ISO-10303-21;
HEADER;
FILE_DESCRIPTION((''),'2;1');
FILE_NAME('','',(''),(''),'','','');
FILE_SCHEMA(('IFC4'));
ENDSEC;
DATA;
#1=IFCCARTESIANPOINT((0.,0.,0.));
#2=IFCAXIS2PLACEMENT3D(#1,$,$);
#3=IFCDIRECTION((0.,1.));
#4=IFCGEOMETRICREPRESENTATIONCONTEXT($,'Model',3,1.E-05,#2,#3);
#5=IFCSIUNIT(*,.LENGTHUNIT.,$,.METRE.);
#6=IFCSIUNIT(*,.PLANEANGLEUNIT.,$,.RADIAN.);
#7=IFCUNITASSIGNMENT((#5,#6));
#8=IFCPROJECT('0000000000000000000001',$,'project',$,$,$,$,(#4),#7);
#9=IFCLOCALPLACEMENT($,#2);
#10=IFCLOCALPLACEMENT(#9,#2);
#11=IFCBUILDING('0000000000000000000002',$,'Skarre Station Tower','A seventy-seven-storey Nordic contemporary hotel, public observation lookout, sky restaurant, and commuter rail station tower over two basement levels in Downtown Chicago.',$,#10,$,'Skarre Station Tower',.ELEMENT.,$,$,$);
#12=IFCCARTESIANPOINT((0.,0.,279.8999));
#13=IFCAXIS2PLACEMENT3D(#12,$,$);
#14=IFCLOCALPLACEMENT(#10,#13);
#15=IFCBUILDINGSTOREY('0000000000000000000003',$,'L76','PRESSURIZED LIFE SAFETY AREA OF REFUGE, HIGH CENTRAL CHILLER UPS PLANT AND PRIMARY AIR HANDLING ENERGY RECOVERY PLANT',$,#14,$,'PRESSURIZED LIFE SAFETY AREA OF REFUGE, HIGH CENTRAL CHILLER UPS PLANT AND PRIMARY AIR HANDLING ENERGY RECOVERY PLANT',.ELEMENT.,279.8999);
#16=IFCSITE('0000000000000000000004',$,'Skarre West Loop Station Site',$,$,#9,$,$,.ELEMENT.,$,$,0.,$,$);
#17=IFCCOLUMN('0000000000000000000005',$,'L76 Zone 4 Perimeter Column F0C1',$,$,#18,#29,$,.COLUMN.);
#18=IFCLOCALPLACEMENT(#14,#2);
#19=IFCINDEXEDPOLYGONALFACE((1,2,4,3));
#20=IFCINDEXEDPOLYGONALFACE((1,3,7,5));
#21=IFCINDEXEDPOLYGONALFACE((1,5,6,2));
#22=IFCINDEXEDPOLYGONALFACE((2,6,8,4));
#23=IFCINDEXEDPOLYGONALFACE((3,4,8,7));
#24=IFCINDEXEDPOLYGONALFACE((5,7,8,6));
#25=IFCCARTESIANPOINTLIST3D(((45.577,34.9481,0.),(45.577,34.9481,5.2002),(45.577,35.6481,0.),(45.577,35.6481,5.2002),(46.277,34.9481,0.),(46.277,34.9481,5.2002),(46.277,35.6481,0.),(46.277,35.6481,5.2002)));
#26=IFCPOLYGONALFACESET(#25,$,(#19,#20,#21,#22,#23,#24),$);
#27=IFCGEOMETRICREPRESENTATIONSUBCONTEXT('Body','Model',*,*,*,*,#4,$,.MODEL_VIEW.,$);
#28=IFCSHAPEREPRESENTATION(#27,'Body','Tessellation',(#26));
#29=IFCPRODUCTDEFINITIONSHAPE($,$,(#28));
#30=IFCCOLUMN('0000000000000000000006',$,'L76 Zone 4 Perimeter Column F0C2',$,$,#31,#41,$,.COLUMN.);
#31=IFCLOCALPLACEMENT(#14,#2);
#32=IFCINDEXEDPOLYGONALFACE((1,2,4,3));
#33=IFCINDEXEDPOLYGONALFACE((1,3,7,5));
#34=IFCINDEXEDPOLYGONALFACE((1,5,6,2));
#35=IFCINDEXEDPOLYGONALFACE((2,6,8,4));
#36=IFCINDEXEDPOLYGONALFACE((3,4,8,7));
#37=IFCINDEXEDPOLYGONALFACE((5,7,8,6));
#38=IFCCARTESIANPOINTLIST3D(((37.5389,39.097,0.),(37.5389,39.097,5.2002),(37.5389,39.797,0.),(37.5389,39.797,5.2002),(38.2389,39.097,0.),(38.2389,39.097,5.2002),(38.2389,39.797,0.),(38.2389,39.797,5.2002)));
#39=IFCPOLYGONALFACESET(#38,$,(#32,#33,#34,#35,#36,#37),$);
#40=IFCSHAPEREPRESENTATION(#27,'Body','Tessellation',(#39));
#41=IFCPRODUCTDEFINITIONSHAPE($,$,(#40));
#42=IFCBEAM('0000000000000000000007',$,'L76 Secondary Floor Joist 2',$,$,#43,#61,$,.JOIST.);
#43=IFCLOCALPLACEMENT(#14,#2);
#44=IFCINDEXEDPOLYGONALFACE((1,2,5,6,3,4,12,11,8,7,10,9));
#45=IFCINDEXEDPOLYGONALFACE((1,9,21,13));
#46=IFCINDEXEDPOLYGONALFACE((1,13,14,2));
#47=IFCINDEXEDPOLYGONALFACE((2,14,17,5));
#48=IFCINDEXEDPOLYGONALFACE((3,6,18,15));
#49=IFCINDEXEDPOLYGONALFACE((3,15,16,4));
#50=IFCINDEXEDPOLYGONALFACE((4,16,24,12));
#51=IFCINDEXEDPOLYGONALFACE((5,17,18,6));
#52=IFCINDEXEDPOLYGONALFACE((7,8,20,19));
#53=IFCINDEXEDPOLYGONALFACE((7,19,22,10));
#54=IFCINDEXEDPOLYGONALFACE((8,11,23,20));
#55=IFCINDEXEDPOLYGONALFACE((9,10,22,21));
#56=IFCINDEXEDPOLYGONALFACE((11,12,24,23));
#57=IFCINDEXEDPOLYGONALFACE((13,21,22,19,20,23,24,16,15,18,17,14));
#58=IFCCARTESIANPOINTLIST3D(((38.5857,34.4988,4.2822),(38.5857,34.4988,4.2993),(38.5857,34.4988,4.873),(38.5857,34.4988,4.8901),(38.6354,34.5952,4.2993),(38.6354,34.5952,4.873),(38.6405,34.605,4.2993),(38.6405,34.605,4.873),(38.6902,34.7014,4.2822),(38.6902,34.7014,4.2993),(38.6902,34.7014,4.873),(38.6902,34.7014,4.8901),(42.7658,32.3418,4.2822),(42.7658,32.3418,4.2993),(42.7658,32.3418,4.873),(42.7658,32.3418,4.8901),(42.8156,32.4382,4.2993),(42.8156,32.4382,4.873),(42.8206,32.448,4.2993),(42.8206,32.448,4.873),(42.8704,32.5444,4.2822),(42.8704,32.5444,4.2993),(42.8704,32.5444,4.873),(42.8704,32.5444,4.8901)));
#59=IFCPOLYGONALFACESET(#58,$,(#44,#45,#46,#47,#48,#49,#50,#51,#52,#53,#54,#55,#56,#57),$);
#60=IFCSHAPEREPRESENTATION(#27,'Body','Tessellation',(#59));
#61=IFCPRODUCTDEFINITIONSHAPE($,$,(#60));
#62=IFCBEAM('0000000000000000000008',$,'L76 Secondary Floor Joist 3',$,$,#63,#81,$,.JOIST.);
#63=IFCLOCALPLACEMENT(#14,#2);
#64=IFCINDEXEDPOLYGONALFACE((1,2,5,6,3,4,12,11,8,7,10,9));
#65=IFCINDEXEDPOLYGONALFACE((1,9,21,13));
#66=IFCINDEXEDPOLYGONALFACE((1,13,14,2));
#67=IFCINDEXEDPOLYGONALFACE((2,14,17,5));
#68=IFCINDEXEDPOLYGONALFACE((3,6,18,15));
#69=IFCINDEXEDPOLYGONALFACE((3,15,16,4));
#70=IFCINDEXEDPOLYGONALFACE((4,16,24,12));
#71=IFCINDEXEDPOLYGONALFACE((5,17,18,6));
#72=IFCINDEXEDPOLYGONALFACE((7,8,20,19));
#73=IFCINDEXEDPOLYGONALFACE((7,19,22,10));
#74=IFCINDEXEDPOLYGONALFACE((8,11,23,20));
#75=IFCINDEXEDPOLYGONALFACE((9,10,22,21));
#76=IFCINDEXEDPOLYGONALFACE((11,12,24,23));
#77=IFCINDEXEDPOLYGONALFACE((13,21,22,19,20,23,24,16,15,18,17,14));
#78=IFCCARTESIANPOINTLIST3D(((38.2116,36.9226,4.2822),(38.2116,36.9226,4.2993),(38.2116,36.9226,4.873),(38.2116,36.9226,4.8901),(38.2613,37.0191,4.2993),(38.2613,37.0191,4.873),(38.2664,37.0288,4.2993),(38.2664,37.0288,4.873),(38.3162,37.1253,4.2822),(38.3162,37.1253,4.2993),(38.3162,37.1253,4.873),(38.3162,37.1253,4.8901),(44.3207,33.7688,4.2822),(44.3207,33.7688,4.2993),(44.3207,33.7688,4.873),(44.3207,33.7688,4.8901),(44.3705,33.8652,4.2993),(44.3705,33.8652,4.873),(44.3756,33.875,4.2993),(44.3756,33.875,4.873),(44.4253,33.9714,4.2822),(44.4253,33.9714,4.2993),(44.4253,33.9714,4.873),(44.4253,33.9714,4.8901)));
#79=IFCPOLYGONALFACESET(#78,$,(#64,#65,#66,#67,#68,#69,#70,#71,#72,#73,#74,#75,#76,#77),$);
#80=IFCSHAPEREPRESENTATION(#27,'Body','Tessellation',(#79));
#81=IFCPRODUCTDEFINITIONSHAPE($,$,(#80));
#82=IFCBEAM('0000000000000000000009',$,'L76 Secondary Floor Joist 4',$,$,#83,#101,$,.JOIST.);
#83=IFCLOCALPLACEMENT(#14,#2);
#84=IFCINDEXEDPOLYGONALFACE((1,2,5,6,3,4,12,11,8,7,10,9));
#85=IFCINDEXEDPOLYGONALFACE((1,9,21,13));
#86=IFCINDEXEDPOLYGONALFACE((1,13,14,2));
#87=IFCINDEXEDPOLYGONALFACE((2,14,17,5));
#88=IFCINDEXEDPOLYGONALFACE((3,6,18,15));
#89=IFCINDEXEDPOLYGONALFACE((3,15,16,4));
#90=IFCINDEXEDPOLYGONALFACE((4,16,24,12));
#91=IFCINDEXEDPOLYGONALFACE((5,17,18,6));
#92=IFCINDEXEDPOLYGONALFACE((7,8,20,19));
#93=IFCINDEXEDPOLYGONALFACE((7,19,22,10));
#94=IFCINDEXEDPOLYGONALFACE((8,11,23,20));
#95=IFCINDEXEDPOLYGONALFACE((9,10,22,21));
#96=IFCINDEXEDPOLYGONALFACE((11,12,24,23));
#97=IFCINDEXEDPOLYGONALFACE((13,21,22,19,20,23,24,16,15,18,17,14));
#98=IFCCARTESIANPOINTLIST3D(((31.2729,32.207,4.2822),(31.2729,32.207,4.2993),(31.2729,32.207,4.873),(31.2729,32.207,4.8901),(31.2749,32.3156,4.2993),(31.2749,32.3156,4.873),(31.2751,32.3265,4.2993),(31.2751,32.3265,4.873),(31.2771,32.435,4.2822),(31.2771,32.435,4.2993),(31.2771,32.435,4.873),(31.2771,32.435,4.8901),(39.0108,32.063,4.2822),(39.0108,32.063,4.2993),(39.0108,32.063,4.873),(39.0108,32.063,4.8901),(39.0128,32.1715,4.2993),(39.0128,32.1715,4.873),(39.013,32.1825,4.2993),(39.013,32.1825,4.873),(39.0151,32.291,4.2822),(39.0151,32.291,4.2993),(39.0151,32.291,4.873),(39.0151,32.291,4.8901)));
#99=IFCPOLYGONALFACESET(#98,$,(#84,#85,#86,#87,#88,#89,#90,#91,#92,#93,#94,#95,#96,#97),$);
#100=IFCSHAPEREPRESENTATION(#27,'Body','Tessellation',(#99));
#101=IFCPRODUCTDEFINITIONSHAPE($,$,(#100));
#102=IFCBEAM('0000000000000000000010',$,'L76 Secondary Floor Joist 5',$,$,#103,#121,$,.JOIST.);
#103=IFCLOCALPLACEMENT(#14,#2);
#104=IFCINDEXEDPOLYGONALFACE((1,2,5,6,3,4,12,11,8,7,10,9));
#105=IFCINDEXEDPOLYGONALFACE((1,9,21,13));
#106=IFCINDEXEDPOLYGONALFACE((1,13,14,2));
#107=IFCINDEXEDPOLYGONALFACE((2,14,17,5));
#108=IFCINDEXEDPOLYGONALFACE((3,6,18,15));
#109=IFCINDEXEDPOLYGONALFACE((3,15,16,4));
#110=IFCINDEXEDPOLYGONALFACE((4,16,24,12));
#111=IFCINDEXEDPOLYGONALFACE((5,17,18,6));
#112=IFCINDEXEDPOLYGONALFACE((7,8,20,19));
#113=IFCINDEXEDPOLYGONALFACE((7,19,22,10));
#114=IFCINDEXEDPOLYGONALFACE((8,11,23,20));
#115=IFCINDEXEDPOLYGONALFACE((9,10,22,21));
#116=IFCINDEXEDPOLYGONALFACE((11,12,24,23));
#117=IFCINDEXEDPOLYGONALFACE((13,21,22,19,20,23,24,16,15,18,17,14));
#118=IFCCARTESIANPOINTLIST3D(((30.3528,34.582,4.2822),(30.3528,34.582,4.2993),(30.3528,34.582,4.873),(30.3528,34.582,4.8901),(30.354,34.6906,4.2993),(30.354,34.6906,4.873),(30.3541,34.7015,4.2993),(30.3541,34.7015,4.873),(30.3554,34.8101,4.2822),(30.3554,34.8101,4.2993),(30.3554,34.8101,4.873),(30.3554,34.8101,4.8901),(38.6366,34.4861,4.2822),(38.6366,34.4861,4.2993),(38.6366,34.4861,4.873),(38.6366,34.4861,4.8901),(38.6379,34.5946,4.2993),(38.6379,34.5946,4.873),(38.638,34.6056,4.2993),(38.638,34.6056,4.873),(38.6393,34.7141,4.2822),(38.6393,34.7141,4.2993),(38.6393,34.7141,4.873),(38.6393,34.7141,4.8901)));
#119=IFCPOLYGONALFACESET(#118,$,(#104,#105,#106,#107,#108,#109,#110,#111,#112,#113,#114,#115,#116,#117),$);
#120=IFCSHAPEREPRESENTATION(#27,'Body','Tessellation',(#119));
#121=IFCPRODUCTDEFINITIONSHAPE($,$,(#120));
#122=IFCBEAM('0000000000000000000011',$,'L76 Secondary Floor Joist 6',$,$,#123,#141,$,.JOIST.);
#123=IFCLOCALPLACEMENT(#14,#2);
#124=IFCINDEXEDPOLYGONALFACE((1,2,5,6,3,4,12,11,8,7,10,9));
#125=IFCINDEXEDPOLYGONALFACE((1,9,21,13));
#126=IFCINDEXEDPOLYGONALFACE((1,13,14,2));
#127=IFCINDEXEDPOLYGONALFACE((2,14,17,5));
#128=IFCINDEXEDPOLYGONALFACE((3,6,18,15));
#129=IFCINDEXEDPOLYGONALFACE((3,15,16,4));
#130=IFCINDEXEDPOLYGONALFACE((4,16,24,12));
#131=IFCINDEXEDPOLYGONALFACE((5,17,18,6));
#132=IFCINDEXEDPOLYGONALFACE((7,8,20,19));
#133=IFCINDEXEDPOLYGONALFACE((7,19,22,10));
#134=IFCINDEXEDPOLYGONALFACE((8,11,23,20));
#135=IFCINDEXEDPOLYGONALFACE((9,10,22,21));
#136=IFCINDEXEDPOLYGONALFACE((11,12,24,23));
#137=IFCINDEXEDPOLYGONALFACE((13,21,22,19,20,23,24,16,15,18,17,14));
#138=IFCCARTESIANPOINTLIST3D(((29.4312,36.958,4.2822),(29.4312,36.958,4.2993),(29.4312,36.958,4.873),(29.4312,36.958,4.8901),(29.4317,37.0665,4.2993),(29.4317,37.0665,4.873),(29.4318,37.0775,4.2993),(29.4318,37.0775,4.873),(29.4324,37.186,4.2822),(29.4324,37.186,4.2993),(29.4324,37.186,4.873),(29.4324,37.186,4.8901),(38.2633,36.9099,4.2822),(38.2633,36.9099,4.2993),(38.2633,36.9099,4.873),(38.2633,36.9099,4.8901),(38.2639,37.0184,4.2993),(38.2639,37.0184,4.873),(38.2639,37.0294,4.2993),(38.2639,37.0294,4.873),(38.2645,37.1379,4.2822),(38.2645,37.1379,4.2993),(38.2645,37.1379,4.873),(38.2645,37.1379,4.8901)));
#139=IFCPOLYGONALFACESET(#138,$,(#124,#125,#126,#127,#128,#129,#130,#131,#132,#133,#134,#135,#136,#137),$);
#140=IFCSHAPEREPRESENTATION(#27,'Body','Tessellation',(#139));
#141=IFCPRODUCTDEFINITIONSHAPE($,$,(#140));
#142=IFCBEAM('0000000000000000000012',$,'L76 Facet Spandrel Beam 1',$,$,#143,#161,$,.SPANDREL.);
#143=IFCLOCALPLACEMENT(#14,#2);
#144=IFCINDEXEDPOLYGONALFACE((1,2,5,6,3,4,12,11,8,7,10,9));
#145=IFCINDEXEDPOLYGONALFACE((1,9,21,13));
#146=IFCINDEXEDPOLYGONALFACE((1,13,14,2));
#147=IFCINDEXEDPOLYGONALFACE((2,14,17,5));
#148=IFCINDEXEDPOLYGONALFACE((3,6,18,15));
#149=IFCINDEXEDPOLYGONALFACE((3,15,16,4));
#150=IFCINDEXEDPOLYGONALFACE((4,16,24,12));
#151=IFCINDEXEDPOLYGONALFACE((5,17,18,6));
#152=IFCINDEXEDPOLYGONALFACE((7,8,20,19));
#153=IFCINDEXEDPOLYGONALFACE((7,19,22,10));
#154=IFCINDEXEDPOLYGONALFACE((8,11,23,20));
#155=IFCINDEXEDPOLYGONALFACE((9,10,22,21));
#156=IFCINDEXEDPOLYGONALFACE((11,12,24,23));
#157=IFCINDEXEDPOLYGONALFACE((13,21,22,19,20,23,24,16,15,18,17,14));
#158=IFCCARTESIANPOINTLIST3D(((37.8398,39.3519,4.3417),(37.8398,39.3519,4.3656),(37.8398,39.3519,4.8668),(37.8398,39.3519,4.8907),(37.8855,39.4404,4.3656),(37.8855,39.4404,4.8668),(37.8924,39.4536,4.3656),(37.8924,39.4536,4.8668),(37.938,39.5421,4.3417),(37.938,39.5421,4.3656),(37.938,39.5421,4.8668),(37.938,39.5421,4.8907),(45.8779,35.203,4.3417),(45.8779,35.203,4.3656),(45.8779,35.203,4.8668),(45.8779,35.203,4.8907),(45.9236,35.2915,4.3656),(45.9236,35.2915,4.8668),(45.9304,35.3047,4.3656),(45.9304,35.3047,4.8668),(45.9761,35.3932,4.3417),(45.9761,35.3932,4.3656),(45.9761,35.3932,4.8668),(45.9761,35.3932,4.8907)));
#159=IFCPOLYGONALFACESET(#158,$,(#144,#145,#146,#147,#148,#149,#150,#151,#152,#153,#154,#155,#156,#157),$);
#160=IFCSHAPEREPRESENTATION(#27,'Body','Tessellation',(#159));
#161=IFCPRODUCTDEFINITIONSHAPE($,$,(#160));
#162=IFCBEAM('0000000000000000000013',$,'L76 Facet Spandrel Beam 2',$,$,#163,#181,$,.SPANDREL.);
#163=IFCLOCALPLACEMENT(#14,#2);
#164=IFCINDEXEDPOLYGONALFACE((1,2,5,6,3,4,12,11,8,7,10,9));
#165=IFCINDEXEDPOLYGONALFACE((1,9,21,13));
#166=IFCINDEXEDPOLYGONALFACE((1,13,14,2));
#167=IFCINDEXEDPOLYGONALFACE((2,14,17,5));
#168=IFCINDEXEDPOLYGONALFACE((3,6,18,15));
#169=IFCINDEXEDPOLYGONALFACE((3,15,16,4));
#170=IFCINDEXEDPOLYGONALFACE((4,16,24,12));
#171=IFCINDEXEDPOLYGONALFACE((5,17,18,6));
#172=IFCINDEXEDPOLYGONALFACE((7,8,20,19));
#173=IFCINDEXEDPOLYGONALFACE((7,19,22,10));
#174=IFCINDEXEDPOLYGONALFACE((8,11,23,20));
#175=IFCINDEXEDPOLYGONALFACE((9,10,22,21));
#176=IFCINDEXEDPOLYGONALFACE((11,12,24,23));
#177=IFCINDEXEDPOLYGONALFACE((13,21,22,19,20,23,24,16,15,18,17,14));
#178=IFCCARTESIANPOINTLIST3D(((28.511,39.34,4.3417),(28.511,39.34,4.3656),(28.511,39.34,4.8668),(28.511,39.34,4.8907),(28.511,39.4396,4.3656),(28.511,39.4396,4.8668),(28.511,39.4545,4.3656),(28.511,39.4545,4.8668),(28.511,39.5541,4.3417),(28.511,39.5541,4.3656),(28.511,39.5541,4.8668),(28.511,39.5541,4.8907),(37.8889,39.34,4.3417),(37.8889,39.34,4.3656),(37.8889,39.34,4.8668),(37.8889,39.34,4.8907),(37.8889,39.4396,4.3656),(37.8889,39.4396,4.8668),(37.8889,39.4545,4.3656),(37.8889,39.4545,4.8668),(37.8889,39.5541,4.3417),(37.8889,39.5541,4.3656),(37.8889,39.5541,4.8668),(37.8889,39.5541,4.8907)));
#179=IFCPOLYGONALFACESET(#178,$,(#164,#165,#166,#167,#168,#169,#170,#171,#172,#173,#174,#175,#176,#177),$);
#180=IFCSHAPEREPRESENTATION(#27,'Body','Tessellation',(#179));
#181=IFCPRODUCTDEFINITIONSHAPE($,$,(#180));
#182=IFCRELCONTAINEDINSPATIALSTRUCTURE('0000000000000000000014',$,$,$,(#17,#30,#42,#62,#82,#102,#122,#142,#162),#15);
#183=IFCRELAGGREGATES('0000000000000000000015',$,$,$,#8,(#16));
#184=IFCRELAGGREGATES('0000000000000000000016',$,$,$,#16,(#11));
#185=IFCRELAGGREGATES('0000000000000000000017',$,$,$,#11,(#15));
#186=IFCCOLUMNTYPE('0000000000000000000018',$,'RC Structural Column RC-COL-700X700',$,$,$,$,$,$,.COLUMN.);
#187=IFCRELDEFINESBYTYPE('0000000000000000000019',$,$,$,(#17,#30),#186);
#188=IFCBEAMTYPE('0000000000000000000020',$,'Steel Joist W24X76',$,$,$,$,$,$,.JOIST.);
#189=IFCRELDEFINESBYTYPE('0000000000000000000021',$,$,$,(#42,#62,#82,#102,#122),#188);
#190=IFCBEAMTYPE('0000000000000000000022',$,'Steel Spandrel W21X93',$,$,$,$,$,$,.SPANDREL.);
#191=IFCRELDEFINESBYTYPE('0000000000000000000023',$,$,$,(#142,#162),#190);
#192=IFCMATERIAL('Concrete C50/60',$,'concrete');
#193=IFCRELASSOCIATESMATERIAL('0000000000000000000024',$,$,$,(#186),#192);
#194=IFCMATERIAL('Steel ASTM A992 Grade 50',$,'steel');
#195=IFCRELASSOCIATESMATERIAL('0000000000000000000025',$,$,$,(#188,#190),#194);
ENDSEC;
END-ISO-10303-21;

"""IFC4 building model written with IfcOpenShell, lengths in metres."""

from ifc_helpers import new_model, si_unit, direction, frame, origin, origin_2d, place, context, subcontext, project, spatial, rectangle, i_section, extrude, material, material_profile, profile_set, type_object, element, save


model = new_model("IFC4")

# Units and contexts
model_context = context("Model", 3, precision=1e-05, world=origin(), true_north=direction((0.0, 1.0)))
body_context = subcontext(model_context, "Body", "Model", "MODEL_VIEW")
ifc_project = project(units=[si_unit("LENGTHUNIT", "METRE"), si_unit("PLANEANGLEUNIT", "RADIAN")], contexts=[model_context])

# Site, building, storey
site_placement = place(None, origin())
site = spatial("IfcSite", under=ifc_project, at=site_placement, Name="Skarre West Loop Station Site", CompositionType="ELEMENT", RefElevation=0.0)
building_placement = place(site_placement, origin())
building = spatial("IfcBuilding", under=site, at=building_placement, Name="Skarre Station Tower", Description="A seventy-seven-storey Nordic contemporary hotel, public observation lookout, sky restaurant, and commuter rail station tower over two basement levels in Downtown Chicago.", LongName="Skarre Station Tower", CompositionType="ELEMENT")
storey_placement = place(building_placement, frame((0.0, 0.0, 279.8999)))
storey = spatial("IfcBuildingStorey", under=building, at=storey_placement, Name="L76", Description="PRESSURIZED LIFE SAFETY AREA OF REFUGE, HIGH CENTRAL CHILLER UPS PLANT AND PRIMARY AIR HANDLING ENERGY RECOVERY PLANT", LongName="PRESSURIZED LIFE SAFETY AREA OF REFUGE, HIGH CENTRAL CHILLER UPS PLANT AND PRIMARY AIR HANDLING ENERGY RECOVERY PLANT", CompositionType="ELEMENT", Elevation=279.8999)

# Columns
ifc_material_1 = material(Name="Concrete C50/60", Category="concrete")
ifc_material_profile_1 = material_profile(ifc_material_1, rectangle(XDim=0.7, YDim=0.7, at=origin_2d()), Name="Concrete C50/60")
ifc_profile_set_1 = profile_set([ifc_material_profile_1], Name="Concrete C50/60")
column_type = type_object("IfcColumnType", Name="RC Structural Column RC-COL-700X700", PredefinedType="COLUMN", material=ifc_profile_set_1)
for number, where, z_axis, x_axis, name in (
    (1, (45.927, 35.2981, 0.0), (0.0, 0.0, 1.0), (1.0, 0.0, 0.0), "L76 Zone 4 Perimeter Column F0C1"),
    (2, (37.8889, 39.447, 0.0), (0.0, 0.0, 1.0), (1.0, 0.0, 0.0), "L76 Zone 4 Perimeter Column F0C2"),
):
    element("IfcColumn", number, at=place(storey_placement, frame(where, z_axis=z_axis, x_axis=x_axis)), inside=storey, type_object=column_type, Name=name, PredefinedType="COLUMN", context=body_context, shape_type="SweptSolid", body=[
        extrude(rectangle(XDim=0.7, YDim=0.7, at=origin_2d()), origin(), (0.0, 0.0, 1.0), 5.2002),
    ])

# Beams
ifc_material_2 = material(Name="Steel ASTM A992 Grade 50", Category="steel")
ifc_material_profile_2 = material_profile(ifc_material_2, i_section(OverallWidth=0.228, OverallDepth=0.6079, WebThickness=0.011, FlangeThickness=0.0171, at=origin_2d()), Name="Steel ASTM A992 Grade 50")
ifc_profile_set_2 = profile_set([ifc_material_profile_2], Name="Steel ASTM A992 Grade 50")
beam_type_1 = type_object("IfcBeamType", Name="Steel Joist W24X76", PredefinedType="JOIST", material=ifc_profile_set_2)
beam_1_placement = place(storey_placement, frame((42.8181, 32.4431, 4.5862), z_axis=(-0.888666, 0.458554, 0.0), x_axis=(-0.458554, -0.888666, 0.0)))
element("IfcBeam", 3, at=beam_1_placement, inside=storey, type_object=beam_type_1, Name="L76 Secondary Floor Joist 2", PredefinedType="JOIST", context=body_context, shape_type="SweptSolid", body=[
    extrude(i_section(OverallWidth=0.228, OverallDepth=0.6079, WebThickness=0.011, FlangeThickness=0.0171, at=origin_2d()), origin(), (0.0, 0.0, 1.0), 4.7039),
])
beam_2_placement = place(storey_placement, frame((44.373, 33.8701, 4.5862), z_axis=(-0.888579, 0.458724, 0.0), x_axis=(-0.458724, -0.888579, 0.0)))
element("IfcBeam", 4, at=beam_2_placement, inside=storey, type_object=beam_type_1, Name="L76 Secondary Floor Joist 3", PredefinedType="JOIST", context=body_context, shape_type="SweptSolid", body=[
    extrude(i_section(OverallWidth=0.228, OverallDepth=0.6079, WebThickness=0.011, FlangeThickness=0.0171, at=origin_2d()), origin(), (0.0, 0.0, 1.0), 6.8752),
])
beam_3_placement = place(storey_placement, frame((39.0129, 32.177, 4.5862), z_axis=(-0.999827, 0.018612, 0.0), x_axis=(-0.018612, -0.999827, 0.0)))
element("IfcBeam", 5, at=beam_3_placement, inside=storey, type_object=beam_type_1, Name="L76 Secondary Floor Joist 4", PredefinedType="JOIST", context=body_context, shape_type="SweptSolid", body=[
    extrude(i_section(OverallWidth=0.228, OverallDepth=0.6079, WebThickness=0.011, FlangeThickness=0.0171, at=origin_2d()), origin(), (0.0, 0.0, 1.0), 7.7393),
])
beam_4_placement = place(storey_placement, frame((38.6379, 34.6001, 4.5862), z_axis=(-0.999933, 0.011582, 0.0), x_axis=(-0.011582, -0.999933, 0.0)))
element("IfcBeam", 6, at=beam_4_placement, inside=storey, type_object=beam_type_1, Name="L76 Secondary Floor Joist 5", PredefinedType="JOIST", context=body_context, shape_type="SweptSolid", body=[
    extrude(i_section(OverallWidth=0.228, OverallDepth=0.6079, WebThickness=0.011, FlangeThickness=0.0171, at=origin_2d()), origin(), (0.0, 0.0, 1.0), 8.2844),
])
beam_5_placement = place(storey_placement, frame((38.2639, 37.0239, 4.5862), z_axis=(-0.999985, 0.005446, 0.0), x_axis=(-0.005446, -0.999985, 0.0)))
element("IfcBeam", 7, at=beam_5_placement, inside=storey, type_object=beam_type_1, Name="L76 Secondary Floor Joist 6", PredefinedType="JOIST", context=body_context, shape_type="SweptSolid", body=[
    extrude(i_section(OverallWidth=0.228, OverallDepth=0.6079, WebThickness=0.011, FlangeThickness=0.0171, at=origin_2d()), origin(), (0.0, 0.0, 1.0), 8.8323),
])
ifc_material_profile_3 = material_profile(ifc_material_2, i_section(OverallWidth=0.2141, OverallDepth=0.5491, WebThickness=0.0149, FlangeThickness=0.0239, at=origin_2d()), Name="Steel ASTM A992 Grade 50")
ifc_profile_set_3 = profile_set([ifc_material_profile_3], Name="Steel ASTM A992 Grade 50")
beam_type_2 = type_object("IfcBeamType", Name="Steel Spandrel W21X93", PredefinedType="SPANDREL", material=ifc_profile_set_3)
beam_6_placement = place(storey_placement, frame((45.927, 35.2981, 4.6162), z_axis=(-0.88861, 0.458664, 0.0), x_axis=(-0.458664, -0.88861, 0.0)))
element("IfcBeam", 8, at=beam_6_placement, inside=storey, type_object=beam_type_2, Name="L76 Facet Spandrel Beam 1", PredefinedType="SPANDREL", context=body_context, shape_type="SweptSolid", body=[
    extrude(i_section(OverallWidth=0.2141, OverallDepth=0.5491, WebThickness=0.0149, FlangeThickness=0.0239, at=origin_2d()), origin(), (0.0, 0.0, 1.0), 9.0457),
])
beam_7_placement = place(storey_placement, frame((37.8889, 39.447, 4.6162), z_axis=(-1.0, 0.0, 0.0), x_axis=(0.0, -1.0, 0.0)))
element("IfcBeam", 9, at=beam_7_placement, inside=storey, type_object=beam_type_2, Name="L76 Facet Spandrel Beam 2", PredefinedType="SPANDREL", context=body_context, shape_type="SweptSolid", body=[
    extrude(i_section(OverallWidth=0.2141, OverallDepth=0.5491, WebThickness=0.0149, FlangeThickness=0.0239, at=origin_2d()), origin(), (0.0, 0.0, 1.0), 9.3779),
])

save(model, "model.ifc")
